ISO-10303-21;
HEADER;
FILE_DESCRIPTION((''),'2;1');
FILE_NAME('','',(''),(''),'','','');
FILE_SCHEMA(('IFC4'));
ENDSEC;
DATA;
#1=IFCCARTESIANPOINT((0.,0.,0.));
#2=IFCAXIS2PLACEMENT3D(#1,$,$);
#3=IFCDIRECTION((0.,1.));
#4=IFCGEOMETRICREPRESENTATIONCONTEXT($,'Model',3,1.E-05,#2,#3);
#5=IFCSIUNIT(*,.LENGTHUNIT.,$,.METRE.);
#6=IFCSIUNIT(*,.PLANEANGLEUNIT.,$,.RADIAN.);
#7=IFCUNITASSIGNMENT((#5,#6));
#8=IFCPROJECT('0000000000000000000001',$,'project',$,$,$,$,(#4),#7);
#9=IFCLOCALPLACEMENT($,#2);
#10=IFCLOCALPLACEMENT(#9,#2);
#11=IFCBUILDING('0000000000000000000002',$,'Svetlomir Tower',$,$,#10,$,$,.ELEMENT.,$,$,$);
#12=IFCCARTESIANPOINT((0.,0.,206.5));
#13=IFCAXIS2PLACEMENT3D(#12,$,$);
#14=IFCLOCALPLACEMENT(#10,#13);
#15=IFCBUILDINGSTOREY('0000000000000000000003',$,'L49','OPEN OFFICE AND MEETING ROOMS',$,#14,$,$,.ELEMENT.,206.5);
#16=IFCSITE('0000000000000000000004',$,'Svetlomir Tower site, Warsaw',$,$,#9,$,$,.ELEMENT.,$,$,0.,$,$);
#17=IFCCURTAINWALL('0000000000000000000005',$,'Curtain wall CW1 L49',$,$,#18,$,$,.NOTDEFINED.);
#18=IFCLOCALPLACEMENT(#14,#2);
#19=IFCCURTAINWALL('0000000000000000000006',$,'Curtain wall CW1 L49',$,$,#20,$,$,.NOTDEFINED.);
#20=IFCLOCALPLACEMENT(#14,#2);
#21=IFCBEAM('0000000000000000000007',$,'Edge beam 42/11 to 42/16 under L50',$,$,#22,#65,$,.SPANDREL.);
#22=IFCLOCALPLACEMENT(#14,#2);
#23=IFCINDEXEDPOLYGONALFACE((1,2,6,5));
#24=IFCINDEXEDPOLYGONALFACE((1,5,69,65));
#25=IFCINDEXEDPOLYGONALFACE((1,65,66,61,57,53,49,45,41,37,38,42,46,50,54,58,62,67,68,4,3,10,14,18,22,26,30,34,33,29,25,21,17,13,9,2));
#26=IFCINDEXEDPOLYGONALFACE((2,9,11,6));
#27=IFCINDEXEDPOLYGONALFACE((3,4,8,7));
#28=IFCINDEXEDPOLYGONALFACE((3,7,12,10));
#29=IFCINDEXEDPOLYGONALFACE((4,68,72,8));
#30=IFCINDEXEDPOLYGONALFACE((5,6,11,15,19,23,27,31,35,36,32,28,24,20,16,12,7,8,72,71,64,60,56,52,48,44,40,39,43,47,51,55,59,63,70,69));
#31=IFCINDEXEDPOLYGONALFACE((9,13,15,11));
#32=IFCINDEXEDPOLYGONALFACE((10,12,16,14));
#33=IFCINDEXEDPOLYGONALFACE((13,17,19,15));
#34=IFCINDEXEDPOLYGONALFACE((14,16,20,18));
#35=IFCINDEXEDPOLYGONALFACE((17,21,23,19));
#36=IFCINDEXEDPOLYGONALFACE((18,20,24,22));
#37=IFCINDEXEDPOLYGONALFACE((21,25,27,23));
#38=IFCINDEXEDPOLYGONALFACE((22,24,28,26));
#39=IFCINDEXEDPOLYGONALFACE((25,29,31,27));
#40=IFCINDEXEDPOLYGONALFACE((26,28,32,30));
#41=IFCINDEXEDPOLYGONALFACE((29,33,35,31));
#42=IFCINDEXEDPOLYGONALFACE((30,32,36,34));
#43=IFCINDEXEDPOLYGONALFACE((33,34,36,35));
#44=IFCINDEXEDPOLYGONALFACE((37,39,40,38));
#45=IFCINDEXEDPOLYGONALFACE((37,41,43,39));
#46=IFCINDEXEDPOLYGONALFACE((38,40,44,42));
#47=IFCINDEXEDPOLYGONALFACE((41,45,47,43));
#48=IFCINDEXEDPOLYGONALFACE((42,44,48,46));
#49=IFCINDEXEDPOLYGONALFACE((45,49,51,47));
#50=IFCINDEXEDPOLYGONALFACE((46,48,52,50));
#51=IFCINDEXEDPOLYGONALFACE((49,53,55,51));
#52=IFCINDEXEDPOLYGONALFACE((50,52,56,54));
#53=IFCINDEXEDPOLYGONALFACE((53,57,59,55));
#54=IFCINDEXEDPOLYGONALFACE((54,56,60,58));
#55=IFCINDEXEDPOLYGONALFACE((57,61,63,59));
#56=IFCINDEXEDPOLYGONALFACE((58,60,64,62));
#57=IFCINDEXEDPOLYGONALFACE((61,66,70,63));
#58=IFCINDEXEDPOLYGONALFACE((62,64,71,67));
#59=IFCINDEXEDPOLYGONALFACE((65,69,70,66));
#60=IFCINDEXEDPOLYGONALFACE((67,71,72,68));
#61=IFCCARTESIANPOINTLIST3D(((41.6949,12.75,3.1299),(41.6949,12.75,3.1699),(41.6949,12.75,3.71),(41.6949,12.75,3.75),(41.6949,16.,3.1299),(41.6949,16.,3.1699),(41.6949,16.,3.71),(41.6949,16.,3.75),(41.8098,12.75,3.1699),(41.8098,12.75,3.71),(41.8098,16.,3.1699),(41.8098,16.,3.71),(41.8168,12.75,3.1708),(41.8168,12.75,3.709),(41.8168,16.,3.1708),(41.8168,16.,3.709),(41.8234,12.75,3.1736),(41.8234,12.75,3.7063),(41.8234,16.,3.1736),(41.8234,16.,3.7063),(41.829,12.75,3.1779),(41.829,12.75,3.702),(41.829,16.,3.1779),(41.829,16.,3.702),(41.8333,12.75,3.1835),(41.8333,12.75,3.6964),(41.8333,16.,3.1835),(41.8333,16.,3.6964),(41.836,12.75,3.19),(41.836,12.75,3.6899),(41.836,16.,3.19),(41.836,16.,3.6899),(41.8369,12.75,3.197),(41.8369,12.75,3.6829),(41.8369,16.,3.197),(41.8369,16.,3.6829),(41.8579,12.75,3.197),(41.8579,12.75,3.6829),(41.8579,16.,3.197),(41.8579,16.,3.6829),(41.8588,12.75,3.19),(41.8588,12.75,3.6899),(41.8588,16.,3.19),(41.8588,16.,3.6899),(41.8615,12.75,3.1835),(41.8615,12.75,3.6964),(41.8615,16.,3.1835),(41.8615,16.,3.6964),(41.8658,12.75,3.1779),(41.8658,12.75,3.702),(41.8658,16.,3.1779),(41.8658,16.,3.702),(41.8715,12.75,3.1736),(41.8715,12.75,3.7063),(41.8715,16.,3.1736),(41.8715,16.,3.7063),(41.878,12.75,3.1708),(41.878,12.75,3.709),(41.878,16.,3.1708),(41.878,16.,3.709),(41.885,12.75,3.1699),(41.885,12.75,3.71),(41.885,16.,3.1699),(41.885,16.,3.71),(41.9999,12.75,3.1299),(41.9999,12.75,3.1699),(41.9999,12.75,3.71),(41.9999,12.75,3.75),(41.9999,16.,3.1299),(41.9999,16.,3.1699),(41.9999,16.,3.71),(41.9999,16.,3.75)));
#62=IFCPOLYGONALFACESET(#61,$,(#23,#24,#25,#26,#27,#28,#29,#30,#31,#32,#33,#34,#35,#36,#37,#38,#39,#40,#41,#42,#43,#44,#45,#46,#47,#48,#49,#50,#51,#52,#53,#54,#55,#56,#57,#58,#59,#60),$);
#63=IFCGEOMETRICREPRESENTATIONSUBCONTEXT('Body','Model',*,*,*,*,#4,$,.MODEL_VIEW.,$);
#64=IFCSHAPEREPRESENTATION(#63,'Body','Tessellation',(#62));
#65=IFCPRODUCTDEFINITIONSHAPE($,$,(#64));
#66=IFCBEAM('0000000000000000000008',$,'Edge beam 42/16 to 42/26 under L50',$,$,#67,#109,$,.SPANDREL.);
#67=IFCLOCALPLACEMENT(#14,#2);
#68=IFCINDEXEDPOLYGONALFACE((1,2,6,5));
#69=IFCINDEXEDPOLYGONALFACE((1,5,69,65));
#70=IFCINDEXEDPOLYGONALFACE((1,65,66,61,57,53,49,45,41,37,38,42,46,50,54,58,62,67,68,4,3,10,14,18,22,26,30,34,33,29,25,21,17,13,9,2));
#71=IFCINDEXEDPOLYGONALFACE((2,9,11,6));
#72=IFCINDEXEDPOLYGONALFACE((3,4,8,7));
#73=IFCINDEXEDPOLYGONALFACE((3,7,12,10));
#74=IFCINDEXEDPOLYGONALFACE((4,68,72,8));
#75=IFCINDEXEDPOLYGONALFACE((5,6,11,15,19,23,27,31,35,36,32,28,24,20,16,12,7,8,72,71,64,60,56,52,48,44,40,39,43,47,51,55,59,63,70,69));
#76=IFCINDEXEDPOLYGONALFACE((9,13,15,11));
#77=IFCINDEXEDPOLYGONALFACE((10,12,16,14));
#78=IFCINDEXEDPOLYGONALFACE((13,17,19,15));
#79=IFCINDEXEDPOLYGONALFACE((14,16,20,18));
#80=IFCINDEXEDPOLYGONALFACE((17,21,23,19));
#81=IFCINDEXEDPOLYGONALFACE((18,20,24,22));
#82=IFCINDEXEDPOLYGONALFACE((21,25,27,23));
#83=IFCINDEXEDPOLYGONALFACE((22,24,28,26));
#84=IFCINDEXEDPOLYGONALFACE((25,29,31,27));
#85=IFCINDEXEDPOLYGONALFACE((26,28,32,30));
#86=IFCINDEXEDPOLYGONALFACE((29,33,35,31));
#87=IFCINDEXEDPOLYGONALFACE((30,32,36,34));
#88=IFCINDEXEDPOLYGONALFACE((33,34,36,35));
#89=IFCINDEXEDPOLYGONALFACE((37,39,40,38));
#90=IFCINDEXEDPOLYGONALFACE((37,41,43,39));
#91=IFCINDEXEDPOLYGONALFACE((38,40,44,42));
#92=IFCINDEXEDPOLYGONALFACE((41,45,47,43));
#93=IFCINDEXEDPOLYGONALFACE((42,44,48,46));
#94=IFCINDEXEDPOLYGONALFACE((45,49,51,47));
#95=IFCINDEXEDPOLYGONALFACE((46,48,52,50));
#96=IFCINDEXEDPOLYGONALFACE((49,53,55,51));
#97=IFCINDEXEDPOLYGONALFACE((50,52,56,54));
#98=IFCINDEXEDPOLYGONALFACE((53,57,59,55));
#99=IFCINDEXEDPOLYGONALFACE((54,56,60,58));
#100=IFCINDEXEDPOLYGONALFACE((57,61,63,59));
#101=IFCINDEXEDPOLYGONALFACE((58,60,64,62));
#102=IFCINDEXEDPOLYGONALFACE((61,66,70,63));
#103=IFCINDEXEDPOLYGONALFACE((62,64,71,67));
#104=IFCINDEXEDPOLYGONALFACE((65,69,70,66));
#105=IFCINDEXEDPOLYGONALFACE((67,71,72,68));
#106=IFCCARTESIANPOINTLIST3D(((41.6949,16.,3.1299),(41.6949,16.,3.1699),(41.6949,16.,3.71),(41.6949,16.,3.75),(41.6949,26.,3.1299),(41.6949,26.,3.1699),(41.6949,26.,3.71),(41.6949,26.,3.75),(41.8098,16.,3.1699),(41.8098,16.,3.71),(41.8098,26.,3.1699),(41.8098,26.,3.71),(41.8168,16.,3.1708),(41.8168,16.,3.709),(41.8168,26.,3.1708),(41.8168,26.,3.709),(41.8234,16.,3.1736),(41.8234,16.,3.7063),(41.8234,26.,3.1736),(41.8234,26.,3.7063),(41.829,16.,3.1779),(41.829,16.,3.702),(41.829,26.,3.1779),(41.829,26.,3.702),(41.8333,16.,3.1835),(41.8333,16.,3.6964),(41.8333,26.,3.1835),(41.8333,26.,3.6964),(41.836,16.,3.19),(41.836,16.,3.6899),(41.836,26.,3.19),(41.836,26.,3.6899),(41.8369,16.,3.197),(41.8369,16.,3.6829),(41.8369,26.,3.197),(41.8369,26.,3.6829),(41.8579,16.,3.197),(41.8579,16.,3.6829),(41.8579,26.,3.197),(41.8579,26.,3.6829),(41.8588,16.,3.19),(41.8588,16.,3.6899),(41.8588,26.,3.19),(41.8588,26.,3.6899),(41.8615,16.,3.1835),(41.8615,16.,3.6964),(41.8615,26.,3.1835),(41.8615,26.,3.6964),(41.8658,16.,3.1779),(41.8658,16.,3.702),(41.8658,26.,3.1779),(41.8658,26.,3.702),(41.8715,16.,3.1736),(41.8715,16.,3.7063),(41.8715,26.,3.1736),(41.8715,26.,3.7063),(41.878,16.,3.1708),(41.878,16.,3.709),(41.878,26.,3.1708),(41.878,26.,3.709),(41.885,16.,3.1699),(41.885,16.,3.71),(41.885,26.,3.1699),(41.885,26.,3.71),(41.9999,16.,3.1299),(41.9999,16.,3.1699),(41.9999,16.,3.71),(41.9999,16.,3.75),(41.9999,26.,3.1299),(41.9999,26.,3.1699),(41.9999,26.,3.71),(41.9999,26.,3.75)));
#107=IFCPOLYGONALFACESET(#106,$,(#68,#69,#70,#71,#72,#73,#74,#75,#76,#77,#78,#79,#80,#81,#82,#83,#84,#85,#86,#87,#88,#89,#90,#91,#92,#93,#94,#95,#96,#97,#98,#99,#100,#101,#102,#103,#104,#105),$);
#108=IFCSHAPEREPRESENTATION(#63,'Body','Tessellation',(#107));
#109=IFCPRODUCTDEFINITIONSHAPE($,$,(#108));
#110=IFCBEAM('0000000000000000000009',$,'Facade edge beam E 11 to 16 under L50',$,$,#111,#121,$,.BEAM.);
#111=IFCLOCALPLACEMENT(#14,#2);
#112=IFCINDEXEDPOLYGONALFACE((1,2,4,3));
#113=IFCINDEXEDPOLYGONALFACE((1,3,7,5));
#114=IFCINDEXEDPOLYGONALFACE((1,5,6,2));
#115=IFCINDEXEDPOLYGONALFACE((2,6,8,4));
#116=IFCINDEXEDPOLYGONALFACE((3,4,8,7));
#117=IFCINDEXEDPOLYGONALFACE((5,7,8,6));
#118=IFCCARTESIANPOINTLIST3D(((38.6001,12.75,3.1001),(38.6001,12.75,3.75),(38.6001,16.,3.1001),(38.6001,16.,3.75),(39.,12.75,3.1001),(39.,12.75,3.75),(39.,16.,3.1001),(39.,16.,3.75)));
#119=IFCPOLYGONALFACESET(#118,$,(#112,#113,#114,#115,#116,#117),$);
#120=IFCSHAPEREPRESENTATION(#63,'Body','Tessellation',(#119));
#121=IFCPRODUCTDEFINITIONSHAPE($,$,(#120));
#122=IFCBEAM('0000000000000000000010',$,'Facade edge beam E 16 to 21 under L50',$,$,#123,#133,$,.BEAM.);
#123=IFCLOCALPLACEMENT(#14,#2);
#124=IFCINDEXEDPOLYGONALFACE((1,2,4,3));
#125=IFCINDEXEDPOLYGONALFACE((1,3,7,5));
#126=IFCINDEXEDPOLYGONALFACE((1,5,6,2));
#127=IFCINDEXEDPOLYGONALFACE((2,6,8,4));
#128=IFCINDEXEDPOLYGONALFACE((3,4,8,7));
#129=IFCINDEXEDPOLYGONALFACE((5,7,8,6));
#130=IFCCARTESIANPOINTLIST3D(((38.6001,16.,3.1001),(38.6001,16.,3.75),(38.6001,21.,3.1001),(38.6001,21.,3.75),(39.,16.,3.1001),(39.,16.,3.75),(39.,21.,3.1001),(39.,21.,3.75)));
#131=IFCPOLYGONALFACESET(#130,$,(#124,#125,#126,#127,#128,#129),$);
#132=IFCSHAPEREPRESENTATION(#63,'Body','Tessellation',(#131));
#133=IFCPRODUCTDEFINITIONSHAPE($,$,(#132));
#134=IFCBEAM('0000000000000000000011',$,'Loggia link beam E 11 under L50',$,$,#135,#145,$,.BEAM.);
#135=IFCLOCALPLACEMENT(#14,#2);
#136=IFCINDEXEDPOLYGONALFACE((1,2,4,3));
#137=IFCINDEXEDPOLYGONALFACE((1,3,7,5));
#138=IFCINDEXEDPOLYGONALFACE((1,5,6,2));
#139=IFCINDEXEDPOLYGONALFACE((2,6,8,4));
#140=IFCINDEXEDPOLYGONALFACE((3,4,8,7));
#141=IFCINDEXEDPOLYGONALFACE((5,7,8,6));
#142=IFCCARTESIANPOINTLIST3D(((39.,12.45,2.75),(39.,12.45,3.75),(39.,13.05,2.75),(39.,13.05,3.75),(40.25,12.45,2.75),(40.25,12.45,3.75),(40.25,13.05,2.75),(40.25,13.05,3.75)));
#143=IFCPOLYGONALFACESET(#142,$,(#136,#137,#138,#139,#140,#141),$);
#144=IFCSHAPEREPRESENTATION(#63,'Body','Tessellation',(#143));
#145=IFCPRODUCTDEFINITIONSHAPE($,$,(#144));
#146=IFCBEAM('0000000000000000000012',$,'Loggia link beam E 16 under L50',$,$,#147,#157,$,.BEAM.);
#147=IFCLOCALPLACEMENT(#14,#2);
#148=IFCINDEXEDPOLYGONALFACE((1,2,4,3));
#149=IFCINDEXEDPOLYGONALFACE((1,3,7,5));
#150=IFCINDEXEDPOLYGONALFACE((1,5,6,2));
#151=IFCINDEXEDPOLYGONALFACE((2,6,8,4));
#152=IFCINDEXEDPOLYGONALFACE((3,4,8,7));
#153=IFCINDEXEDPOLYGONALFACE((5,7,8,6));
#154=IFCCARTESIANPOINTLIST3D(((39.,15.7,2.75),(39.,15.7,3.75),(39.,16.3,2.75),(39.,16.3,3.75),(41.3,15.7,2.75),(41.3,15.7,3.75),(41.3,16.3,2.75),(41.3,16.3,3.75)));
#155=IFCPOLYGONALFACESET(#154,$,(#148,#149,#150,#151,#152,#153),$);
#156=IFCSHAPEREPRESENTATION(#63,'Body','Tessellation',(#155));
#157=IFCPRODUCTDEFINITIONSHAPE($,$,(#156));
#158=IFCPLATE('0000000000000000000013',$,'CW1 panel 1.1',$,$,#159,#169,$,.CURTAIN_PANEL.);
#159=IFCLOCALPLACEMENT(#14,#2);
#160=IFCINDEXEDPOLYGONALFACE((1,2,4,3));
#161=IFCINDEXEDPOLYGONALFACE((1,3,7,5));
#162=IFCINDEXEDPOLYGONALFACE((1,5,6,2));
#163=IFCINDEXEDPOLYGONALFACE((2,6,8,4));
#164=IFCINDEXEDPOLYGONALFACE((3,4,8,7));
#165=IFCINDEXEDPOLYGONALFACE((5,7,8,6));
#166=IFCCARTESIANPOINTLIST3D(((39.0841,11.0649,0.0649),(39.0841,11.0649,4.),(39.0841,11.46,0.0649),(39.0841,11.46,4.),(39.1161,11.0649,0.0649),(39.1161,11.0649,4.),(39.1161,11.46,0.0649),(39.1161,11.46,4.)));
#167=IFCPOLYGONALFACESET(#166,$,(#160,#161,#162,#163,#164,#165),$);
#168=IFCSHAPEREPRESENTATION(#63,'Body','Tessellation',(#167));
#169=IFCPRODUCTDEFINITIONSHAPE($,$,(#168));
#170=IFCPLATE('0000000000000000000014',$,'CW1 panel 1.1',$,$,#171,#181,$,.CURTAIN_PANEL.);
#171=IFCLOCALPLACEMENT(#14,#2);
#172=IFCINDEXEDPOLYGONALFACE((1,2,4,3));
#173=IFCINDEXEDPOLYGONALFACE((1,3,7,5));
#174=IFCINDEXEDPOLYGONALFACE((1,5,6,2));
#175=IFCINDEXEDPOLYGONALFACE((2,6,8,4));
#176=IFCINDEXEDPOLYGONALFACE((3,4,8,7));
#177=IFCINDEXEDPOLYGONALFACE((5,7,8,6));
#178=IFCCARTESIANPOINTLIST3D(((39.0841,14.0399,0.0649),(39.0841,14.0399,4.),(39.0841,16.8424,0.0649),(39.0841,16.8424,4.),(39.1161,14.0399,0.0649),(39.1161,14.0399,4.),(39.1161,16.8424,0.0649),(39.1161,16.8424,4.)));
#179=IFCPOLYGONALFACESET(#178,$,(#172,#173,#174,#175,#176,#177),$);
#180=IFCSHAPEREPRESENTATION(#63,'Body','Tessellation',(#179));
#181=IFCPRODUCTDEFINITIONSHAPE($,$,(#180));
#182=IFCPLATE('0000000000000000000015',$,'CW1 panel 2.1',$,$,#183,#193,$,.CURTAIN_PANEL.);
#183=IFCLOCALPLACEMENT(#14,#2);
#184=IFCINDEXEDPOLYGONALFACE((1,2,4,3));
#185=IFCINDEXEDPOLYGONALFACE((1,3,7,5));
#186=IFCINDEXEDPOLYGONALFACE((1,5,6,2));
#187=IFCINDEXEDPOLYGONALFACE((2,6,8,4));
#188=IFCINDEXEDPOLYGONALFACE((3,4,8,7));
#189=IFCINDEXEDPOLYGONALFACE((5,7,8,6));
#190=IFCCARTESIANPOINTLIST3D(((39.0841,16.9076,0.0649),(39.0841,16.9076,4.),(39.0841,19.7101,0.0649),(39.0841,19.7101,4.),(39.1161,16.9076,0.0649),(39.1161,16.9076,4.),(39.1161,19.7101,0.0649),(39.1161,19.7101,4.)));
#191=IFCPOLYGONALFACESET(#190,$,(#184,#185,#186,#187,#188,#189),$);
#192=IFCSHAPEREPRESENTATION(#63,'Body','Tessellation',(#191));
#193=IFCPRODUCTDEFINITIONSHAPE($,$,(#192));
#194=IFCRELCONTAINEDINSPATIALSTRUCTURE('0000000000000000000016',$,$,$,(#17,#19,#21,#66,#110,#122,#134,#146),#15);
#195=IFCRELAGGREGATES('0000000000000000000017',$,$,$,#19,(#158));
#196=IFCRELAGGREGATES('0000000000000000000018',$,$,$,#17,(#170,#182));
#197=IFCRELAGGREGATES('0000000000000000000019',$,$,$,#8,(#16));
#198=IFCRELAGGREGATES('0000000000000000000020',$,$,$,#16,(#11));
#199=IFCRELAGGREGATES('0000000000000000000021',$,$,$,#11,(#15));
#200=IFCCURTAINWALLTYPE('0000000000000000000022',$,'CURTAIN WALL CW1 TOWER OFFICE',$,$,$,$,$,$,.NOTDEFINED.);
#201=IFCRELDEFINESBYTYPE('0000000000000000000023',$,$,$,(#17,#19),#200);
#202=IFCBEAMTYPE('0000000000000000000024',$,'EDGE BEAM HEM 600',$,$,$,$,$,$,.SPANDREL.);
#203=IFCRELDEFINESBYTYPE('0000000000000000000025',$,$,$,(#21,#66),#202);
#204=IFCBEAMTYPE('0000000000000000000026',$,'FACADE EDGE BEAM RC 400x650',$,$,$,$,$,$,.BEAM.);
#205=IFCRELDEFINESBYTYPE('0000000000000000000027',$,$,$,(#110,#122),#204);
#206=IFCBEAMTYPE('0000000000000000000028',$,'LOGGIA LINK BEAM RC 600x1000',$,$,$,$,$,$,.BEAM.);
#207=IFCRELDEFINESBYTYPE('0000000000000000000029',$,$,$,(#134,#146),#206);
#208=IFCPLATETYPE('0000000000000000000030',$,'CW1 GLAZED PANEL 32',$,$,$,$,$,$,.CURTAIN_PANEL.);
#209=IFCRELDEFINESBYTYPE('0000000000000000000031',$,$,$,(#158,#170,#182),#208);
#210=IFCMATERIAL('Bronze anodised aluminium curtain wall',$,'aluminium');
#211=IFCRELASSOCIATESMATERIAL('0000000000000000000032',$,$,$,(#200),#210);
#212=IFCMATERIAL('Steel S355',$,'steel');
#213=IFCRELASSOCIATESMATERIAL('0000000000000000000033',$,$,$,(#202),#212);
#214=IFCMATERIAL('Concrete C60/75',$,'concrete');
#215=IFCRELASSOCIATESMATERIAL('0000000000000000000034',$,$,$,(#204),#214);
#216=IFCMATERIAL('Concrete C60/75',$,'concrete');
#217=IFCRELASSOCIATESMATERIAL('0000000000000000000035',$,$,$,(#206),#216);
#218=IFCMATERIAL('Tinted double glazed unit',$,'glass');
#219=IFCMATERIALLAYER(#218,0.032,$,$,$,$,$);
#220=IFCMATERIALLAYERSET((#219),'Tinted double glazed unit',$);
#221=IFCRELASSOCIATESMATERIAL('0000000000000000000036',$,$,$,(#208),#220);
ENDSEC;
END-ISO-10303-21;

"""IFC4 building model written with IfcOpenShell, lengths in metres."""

from ifc_helpers import new_model, si_unit, direction, frame, origin, origin_2d, place, context, subcontext, project, spatial, rectangle, i_section, extrude, material, layer, layer_set, material_profile, profile_set, type_object, element, aggregate, save


model = new_model("IFC4")

# Units and contexts
model_context = context("Model", 3, precision=1e-05, world=origin(), true_north=direction((0.0, 1.0)))
body_context = subcontext(model_context, "Body", "Model", "MODEL_VIEW")
ifc_project = project(units=[si_unit("LENGTHUNIT", "METRE"), si_unit("PLANEANGLEUNIT", "RADIAN")], contexts=[model_context])

# Site, building, storey
site_placement = place(None, origin())
site = spatial("IfcSite", under=ifc_project, at=site_placement, Name="Svetlomir Tower site, Warsaw", CompositionType="ELEMENT", RefElevation=0.0)
building_placement = place(site_placement, origin())
building = spatial("IfcBuilding", under=site, at=building_placement, Name="Svetlomir Tower", CompositionType="ELEMENT")
storey_placement = place(building_placement, frame((0.0, 0.0, 206.5)))
storey = spatial("IfcBuildingStorey", under=building, at=storey_placement, Name="L49", Description="OPEN OFFICE AND MEETING ROOMS", CompositionType="ELEMENT", Elevation=206.5)

# Curtain wall
ifc_material_1 = material(Name="Bronze anodised aluminium curtain wall", Category="aluminium")
curtain_wall_type = type_object("IfcCurtainWallType", Name="CURTAIN WALL CW1 TOWER OFFICE", PredefinedType="NOTDEFINED", material=ifc_material_1)
curtain_wall_1_placement = place(storey_placement, origin())
curtain_wall_1 = element("IfcCurtainWall", 1, at=curtain_wall_1_placement, inside=storey, type_object=curtain_wall_type, Name="Curtain wall CW1 L49", PredefinedType="NOTDEFINED")

# Curtain wall
curtain_wall_2_placement = place(storey_placement, origin())
curtain_wall_2 = element("IfcCurtainWall", 2, at=curtain_wall_2_placement, inside=storey, type_object=curtain_wall_type, Name="Curtain wall CW1 L49", PredefinedType="NOTDEFINED")

# Beams
ifc_material_2 = material(Name="Steel S355", Category="steel")
ifc_material_profile_1 = material_profile(ifc_material_2, i_section(OverallWidth=0.3049, OverallDepth=0.6201, WebThickness=0.021, FlangeThickness=0.04, FilletRadius=0.0271, at=origin_2d()), Name="HEM 600")
ifc_profile_set_1 = profile_set([ifc_material_profile_1], Name="Steel S355")
beam_type_1 = type_object("IfcBeamType", Name="EDGE BEAM HEM 600", PredefinedType="SPANDREL", material=ifc_profile_set_1)
beam_1_placement = place(storey_placement, frame((41.8474, 12.75, 3.4399), z_axis=(0.0, 1.0, 0.0), x_axis=(-1.0, 0.0, 0.0)))
element("IfcBeam", 3, at=beam_1_placement, inside=storey, type_object=beam_type_1, Name="Edge beam 42/11 to 42/16 under L50", PredefinedType="SPANDREL", context=body_context, shape_type="SweptSolid", body=[
    extrude(i_section(OverallWidth=0.3049, OverallDepth=0.6201, WebThickness=0.021, FlangeThickness=0.04, FilletRadius=0.0271, at=origin_2d()), origin(), (0.0, 0.0, 1.0), 3.25),
])
beam_2_placement = place(storey_placement, frame((41.8474, 16.0, 3.4399), z_axis=(0.0, 1.0, 0.0), x_axis=(-1.0, 0.0, 0.0)))
element("IfcBeam", 4, at=beam_2_placement, inside=storey, type_object=beam_type_1, Name="Edge beam 42/16 to 42/26 under L50", PredefinedType="SPANDREL", context=body_context, shape_type="SweptSolid", body=[
    extrude(i_section(OverallWidth=0.3049, OverallDepth=0.6201, WebThickness=0.021, FlangeThickness=0.04, FilletRadius=0.0271, at=origin_2d()), origin(), (0.0, 0.0, 1.0), 10.0),
])
ifc_material_3 = material(Name="Concrete C60/75", Category="concrete")
ifc_material_profile_2 = material_profile(ifc_material_3, rectangle(XDim=0.3999, YDim=0.6499, at=origin_2d()), Name="RC 400x650")
ifc_profile_set_2 = profile_set([ifc_material_profile_2], Name="Concrete C60/75")
beam_type_2 = type_object("IfcBeamType", Name="FACADE EDGE BEAM RC 400x650", PredefinedType="BEAM", material=ifc_profile_set_2)
beam_3_placement = place(storey_placement, frame((38.8, 12.75, 3.425), z_axis=(0.0, 1.0, 0.0), x_axis=(-1.0, 0.0, 0.0)))
element("IfcBeam", 5, at=beam_3_placement, inside=storey, type_object=beam_type_2, Name="Facade edge beam E 11 to 16 under L50", PredefinedType="BEAM", context=body_context, shape_type="SweptSolid", body=[
    extrude(rectangle(XDim=0.3999, YDim=0.6499, at=origin_2d()), origin(), (0.0, 0.0, 1.0), 3.25),
])
beam_4_placement = place(storey_placement, frame((38.8, 16.0, 3.425), z_axis=(0.0, 1.0, 0.0), x_axis=(-1.0, 0.0, 0.0)))
element("IfcBeam", 6, at=beam_4_placement, inside=storey, type_object=beam_type_2, Name="Facade edge beam E 16 to 21 under L50", PredefinedType="BEAM", context=body_context, shape_type="SweptSolid", body=[
    extrude(rectangle(XDim=0.3999, YDim=0.6499, at=origin_2d()), origin(), (0.0, 0.0, 1.0), 5.0),
])
ifc_material_4 = material(Name="Concrete C60/75", Category="concrete")
ifc_material_profile_3 = material_profile(ifc_material_4, rectangle(XDim=0.6001, YDim=1.0, at=origin_2d()), Name="RC 600x1000")
ifc_profile_set_3 = profile_set([ifc_material_profile_3], Name="Concrete C60/75")
beam_type_3 = type_object("IfcBeamType", Name="LOGGIA LINK BEAM RC 600x1000", PredefinedType="BEAM", material=ifc_profile_set_3)
beam_5_placement = place(storey_placement, frame((40.25, 12.75, 3.25), z_axis=(-1.0, 0.0, 0.0), x_axis=(0.0, -1.0, 0.0)))
element("IfcBeam", 7, at=beam_5_placement, inside=storey, type_object=beam_type_3, Name="Loggia link beam E 11 under L50", PredefinedType="BEAM", context=body_context, shape_type="SweptSolid", body=[
    extrude(rectangle(XDim=0.6001, YDim=1.0, at=origin_2d()), origin(), (0.0, 0.0, 1.0), 1.25),
])
beam_6_placement = place(storey_placement, frame((41.3, 16.0, 3.25), z_axis=(-1.0, 0.0, 0.0), x_axis=(0.0, -1.0, 0.0)))
element("IfcBeam", 8, at=beam_6_placement, inside=storey, type_object=beam_type_3, Name="Loggia link beam E 16 under L50", PredefinedType="BEAM", context=body_context, shape_type="SweptSolid", body=[
    extrude(rectangle(XDim=0.6001, YDim=1.0, at=origin_2d()), origin(), (0.0, 0.0, 1.0), 2.3),
])

# Plates
ifc_material_5 = material(Name="Tinted double glazed unit", Category="glass")
ifc_layer_1 = layer(ifc_material_5, 0.032)
ifc_layer_set_1 = layer_set([ifc_layer_1], Name="Tinted double glazed unit")
plate_type = type_object("IfcPlateType", Name="CW1 GLAZED PANEL 32", PredefinedType="CURTAIN_PANEL", material=ifc_layer_set_1)
plate_1_placement = place(storey_placement, frame((39.1001, 11.2625, 0.0649), z_axis=(0.0, 0.0, 1.0), x_axis=(0.0, 1.0, 0.0)))
plate_1 = element("IfcPlate", 9, at=plate_1_placement, type_object=plate_type, Name="CW1 panel 1.1", PredefinedType="CURTAIN_PANEL", context=body_context, shape_type="SweptSolid", body=[
    extrude(rectangle(XDim=0.395, YDim=0.032, at=origin_2d()), origin(), (0.0, 0.0, 1.0), 3.9351),
])
aggregate(curtain_wall_2, [plate_1])
plate_2_placement = place(storey_placement, frame((39.1001, 15.4412, 0.0649), z_axis=(0.0, 0.0, 1.0), x_axis=(0.0, 1.0, 0.0)))
plate_2 = element("IfcPlate", 10, at=plate_2_placement, type_object=plate_type, Name="CW1 panel 1.1", PredefinedType="CURTAIN_PANEL", context=body_context, shape_type="SweptSolid", body=[
    extrude(rectangle(XDim=2.8025, YDim=0.032, at=origin_2d()), origin(), (0.0, 0.0, 1.0), 3.9351),
])
plate_3_placement = place(storey_placement, frame((39.1001, 18.3088, 0.0649), z_axis=(0.0, 0.0, 1.0), x_axis=(0.0, 1.0, 0.0)))
plate_3 = element("IfcPlate", 11, at=plate_3_placement, type_object=plate_type, Name="CW1 panel 2.1", PredefinedType="CURTAIN_PANEL", context=body_context, shape_type="SweptSolid", body=[
    extrude(rectangle(XDim=2.8025, YDim=0.032, at=origin_2d()), origin(), (0.0, 0.0, 1.0), 3.9351),
])
aggregate(curtain_wall_1, [plate_2, plate_3])

save(model, "model.ifc")
